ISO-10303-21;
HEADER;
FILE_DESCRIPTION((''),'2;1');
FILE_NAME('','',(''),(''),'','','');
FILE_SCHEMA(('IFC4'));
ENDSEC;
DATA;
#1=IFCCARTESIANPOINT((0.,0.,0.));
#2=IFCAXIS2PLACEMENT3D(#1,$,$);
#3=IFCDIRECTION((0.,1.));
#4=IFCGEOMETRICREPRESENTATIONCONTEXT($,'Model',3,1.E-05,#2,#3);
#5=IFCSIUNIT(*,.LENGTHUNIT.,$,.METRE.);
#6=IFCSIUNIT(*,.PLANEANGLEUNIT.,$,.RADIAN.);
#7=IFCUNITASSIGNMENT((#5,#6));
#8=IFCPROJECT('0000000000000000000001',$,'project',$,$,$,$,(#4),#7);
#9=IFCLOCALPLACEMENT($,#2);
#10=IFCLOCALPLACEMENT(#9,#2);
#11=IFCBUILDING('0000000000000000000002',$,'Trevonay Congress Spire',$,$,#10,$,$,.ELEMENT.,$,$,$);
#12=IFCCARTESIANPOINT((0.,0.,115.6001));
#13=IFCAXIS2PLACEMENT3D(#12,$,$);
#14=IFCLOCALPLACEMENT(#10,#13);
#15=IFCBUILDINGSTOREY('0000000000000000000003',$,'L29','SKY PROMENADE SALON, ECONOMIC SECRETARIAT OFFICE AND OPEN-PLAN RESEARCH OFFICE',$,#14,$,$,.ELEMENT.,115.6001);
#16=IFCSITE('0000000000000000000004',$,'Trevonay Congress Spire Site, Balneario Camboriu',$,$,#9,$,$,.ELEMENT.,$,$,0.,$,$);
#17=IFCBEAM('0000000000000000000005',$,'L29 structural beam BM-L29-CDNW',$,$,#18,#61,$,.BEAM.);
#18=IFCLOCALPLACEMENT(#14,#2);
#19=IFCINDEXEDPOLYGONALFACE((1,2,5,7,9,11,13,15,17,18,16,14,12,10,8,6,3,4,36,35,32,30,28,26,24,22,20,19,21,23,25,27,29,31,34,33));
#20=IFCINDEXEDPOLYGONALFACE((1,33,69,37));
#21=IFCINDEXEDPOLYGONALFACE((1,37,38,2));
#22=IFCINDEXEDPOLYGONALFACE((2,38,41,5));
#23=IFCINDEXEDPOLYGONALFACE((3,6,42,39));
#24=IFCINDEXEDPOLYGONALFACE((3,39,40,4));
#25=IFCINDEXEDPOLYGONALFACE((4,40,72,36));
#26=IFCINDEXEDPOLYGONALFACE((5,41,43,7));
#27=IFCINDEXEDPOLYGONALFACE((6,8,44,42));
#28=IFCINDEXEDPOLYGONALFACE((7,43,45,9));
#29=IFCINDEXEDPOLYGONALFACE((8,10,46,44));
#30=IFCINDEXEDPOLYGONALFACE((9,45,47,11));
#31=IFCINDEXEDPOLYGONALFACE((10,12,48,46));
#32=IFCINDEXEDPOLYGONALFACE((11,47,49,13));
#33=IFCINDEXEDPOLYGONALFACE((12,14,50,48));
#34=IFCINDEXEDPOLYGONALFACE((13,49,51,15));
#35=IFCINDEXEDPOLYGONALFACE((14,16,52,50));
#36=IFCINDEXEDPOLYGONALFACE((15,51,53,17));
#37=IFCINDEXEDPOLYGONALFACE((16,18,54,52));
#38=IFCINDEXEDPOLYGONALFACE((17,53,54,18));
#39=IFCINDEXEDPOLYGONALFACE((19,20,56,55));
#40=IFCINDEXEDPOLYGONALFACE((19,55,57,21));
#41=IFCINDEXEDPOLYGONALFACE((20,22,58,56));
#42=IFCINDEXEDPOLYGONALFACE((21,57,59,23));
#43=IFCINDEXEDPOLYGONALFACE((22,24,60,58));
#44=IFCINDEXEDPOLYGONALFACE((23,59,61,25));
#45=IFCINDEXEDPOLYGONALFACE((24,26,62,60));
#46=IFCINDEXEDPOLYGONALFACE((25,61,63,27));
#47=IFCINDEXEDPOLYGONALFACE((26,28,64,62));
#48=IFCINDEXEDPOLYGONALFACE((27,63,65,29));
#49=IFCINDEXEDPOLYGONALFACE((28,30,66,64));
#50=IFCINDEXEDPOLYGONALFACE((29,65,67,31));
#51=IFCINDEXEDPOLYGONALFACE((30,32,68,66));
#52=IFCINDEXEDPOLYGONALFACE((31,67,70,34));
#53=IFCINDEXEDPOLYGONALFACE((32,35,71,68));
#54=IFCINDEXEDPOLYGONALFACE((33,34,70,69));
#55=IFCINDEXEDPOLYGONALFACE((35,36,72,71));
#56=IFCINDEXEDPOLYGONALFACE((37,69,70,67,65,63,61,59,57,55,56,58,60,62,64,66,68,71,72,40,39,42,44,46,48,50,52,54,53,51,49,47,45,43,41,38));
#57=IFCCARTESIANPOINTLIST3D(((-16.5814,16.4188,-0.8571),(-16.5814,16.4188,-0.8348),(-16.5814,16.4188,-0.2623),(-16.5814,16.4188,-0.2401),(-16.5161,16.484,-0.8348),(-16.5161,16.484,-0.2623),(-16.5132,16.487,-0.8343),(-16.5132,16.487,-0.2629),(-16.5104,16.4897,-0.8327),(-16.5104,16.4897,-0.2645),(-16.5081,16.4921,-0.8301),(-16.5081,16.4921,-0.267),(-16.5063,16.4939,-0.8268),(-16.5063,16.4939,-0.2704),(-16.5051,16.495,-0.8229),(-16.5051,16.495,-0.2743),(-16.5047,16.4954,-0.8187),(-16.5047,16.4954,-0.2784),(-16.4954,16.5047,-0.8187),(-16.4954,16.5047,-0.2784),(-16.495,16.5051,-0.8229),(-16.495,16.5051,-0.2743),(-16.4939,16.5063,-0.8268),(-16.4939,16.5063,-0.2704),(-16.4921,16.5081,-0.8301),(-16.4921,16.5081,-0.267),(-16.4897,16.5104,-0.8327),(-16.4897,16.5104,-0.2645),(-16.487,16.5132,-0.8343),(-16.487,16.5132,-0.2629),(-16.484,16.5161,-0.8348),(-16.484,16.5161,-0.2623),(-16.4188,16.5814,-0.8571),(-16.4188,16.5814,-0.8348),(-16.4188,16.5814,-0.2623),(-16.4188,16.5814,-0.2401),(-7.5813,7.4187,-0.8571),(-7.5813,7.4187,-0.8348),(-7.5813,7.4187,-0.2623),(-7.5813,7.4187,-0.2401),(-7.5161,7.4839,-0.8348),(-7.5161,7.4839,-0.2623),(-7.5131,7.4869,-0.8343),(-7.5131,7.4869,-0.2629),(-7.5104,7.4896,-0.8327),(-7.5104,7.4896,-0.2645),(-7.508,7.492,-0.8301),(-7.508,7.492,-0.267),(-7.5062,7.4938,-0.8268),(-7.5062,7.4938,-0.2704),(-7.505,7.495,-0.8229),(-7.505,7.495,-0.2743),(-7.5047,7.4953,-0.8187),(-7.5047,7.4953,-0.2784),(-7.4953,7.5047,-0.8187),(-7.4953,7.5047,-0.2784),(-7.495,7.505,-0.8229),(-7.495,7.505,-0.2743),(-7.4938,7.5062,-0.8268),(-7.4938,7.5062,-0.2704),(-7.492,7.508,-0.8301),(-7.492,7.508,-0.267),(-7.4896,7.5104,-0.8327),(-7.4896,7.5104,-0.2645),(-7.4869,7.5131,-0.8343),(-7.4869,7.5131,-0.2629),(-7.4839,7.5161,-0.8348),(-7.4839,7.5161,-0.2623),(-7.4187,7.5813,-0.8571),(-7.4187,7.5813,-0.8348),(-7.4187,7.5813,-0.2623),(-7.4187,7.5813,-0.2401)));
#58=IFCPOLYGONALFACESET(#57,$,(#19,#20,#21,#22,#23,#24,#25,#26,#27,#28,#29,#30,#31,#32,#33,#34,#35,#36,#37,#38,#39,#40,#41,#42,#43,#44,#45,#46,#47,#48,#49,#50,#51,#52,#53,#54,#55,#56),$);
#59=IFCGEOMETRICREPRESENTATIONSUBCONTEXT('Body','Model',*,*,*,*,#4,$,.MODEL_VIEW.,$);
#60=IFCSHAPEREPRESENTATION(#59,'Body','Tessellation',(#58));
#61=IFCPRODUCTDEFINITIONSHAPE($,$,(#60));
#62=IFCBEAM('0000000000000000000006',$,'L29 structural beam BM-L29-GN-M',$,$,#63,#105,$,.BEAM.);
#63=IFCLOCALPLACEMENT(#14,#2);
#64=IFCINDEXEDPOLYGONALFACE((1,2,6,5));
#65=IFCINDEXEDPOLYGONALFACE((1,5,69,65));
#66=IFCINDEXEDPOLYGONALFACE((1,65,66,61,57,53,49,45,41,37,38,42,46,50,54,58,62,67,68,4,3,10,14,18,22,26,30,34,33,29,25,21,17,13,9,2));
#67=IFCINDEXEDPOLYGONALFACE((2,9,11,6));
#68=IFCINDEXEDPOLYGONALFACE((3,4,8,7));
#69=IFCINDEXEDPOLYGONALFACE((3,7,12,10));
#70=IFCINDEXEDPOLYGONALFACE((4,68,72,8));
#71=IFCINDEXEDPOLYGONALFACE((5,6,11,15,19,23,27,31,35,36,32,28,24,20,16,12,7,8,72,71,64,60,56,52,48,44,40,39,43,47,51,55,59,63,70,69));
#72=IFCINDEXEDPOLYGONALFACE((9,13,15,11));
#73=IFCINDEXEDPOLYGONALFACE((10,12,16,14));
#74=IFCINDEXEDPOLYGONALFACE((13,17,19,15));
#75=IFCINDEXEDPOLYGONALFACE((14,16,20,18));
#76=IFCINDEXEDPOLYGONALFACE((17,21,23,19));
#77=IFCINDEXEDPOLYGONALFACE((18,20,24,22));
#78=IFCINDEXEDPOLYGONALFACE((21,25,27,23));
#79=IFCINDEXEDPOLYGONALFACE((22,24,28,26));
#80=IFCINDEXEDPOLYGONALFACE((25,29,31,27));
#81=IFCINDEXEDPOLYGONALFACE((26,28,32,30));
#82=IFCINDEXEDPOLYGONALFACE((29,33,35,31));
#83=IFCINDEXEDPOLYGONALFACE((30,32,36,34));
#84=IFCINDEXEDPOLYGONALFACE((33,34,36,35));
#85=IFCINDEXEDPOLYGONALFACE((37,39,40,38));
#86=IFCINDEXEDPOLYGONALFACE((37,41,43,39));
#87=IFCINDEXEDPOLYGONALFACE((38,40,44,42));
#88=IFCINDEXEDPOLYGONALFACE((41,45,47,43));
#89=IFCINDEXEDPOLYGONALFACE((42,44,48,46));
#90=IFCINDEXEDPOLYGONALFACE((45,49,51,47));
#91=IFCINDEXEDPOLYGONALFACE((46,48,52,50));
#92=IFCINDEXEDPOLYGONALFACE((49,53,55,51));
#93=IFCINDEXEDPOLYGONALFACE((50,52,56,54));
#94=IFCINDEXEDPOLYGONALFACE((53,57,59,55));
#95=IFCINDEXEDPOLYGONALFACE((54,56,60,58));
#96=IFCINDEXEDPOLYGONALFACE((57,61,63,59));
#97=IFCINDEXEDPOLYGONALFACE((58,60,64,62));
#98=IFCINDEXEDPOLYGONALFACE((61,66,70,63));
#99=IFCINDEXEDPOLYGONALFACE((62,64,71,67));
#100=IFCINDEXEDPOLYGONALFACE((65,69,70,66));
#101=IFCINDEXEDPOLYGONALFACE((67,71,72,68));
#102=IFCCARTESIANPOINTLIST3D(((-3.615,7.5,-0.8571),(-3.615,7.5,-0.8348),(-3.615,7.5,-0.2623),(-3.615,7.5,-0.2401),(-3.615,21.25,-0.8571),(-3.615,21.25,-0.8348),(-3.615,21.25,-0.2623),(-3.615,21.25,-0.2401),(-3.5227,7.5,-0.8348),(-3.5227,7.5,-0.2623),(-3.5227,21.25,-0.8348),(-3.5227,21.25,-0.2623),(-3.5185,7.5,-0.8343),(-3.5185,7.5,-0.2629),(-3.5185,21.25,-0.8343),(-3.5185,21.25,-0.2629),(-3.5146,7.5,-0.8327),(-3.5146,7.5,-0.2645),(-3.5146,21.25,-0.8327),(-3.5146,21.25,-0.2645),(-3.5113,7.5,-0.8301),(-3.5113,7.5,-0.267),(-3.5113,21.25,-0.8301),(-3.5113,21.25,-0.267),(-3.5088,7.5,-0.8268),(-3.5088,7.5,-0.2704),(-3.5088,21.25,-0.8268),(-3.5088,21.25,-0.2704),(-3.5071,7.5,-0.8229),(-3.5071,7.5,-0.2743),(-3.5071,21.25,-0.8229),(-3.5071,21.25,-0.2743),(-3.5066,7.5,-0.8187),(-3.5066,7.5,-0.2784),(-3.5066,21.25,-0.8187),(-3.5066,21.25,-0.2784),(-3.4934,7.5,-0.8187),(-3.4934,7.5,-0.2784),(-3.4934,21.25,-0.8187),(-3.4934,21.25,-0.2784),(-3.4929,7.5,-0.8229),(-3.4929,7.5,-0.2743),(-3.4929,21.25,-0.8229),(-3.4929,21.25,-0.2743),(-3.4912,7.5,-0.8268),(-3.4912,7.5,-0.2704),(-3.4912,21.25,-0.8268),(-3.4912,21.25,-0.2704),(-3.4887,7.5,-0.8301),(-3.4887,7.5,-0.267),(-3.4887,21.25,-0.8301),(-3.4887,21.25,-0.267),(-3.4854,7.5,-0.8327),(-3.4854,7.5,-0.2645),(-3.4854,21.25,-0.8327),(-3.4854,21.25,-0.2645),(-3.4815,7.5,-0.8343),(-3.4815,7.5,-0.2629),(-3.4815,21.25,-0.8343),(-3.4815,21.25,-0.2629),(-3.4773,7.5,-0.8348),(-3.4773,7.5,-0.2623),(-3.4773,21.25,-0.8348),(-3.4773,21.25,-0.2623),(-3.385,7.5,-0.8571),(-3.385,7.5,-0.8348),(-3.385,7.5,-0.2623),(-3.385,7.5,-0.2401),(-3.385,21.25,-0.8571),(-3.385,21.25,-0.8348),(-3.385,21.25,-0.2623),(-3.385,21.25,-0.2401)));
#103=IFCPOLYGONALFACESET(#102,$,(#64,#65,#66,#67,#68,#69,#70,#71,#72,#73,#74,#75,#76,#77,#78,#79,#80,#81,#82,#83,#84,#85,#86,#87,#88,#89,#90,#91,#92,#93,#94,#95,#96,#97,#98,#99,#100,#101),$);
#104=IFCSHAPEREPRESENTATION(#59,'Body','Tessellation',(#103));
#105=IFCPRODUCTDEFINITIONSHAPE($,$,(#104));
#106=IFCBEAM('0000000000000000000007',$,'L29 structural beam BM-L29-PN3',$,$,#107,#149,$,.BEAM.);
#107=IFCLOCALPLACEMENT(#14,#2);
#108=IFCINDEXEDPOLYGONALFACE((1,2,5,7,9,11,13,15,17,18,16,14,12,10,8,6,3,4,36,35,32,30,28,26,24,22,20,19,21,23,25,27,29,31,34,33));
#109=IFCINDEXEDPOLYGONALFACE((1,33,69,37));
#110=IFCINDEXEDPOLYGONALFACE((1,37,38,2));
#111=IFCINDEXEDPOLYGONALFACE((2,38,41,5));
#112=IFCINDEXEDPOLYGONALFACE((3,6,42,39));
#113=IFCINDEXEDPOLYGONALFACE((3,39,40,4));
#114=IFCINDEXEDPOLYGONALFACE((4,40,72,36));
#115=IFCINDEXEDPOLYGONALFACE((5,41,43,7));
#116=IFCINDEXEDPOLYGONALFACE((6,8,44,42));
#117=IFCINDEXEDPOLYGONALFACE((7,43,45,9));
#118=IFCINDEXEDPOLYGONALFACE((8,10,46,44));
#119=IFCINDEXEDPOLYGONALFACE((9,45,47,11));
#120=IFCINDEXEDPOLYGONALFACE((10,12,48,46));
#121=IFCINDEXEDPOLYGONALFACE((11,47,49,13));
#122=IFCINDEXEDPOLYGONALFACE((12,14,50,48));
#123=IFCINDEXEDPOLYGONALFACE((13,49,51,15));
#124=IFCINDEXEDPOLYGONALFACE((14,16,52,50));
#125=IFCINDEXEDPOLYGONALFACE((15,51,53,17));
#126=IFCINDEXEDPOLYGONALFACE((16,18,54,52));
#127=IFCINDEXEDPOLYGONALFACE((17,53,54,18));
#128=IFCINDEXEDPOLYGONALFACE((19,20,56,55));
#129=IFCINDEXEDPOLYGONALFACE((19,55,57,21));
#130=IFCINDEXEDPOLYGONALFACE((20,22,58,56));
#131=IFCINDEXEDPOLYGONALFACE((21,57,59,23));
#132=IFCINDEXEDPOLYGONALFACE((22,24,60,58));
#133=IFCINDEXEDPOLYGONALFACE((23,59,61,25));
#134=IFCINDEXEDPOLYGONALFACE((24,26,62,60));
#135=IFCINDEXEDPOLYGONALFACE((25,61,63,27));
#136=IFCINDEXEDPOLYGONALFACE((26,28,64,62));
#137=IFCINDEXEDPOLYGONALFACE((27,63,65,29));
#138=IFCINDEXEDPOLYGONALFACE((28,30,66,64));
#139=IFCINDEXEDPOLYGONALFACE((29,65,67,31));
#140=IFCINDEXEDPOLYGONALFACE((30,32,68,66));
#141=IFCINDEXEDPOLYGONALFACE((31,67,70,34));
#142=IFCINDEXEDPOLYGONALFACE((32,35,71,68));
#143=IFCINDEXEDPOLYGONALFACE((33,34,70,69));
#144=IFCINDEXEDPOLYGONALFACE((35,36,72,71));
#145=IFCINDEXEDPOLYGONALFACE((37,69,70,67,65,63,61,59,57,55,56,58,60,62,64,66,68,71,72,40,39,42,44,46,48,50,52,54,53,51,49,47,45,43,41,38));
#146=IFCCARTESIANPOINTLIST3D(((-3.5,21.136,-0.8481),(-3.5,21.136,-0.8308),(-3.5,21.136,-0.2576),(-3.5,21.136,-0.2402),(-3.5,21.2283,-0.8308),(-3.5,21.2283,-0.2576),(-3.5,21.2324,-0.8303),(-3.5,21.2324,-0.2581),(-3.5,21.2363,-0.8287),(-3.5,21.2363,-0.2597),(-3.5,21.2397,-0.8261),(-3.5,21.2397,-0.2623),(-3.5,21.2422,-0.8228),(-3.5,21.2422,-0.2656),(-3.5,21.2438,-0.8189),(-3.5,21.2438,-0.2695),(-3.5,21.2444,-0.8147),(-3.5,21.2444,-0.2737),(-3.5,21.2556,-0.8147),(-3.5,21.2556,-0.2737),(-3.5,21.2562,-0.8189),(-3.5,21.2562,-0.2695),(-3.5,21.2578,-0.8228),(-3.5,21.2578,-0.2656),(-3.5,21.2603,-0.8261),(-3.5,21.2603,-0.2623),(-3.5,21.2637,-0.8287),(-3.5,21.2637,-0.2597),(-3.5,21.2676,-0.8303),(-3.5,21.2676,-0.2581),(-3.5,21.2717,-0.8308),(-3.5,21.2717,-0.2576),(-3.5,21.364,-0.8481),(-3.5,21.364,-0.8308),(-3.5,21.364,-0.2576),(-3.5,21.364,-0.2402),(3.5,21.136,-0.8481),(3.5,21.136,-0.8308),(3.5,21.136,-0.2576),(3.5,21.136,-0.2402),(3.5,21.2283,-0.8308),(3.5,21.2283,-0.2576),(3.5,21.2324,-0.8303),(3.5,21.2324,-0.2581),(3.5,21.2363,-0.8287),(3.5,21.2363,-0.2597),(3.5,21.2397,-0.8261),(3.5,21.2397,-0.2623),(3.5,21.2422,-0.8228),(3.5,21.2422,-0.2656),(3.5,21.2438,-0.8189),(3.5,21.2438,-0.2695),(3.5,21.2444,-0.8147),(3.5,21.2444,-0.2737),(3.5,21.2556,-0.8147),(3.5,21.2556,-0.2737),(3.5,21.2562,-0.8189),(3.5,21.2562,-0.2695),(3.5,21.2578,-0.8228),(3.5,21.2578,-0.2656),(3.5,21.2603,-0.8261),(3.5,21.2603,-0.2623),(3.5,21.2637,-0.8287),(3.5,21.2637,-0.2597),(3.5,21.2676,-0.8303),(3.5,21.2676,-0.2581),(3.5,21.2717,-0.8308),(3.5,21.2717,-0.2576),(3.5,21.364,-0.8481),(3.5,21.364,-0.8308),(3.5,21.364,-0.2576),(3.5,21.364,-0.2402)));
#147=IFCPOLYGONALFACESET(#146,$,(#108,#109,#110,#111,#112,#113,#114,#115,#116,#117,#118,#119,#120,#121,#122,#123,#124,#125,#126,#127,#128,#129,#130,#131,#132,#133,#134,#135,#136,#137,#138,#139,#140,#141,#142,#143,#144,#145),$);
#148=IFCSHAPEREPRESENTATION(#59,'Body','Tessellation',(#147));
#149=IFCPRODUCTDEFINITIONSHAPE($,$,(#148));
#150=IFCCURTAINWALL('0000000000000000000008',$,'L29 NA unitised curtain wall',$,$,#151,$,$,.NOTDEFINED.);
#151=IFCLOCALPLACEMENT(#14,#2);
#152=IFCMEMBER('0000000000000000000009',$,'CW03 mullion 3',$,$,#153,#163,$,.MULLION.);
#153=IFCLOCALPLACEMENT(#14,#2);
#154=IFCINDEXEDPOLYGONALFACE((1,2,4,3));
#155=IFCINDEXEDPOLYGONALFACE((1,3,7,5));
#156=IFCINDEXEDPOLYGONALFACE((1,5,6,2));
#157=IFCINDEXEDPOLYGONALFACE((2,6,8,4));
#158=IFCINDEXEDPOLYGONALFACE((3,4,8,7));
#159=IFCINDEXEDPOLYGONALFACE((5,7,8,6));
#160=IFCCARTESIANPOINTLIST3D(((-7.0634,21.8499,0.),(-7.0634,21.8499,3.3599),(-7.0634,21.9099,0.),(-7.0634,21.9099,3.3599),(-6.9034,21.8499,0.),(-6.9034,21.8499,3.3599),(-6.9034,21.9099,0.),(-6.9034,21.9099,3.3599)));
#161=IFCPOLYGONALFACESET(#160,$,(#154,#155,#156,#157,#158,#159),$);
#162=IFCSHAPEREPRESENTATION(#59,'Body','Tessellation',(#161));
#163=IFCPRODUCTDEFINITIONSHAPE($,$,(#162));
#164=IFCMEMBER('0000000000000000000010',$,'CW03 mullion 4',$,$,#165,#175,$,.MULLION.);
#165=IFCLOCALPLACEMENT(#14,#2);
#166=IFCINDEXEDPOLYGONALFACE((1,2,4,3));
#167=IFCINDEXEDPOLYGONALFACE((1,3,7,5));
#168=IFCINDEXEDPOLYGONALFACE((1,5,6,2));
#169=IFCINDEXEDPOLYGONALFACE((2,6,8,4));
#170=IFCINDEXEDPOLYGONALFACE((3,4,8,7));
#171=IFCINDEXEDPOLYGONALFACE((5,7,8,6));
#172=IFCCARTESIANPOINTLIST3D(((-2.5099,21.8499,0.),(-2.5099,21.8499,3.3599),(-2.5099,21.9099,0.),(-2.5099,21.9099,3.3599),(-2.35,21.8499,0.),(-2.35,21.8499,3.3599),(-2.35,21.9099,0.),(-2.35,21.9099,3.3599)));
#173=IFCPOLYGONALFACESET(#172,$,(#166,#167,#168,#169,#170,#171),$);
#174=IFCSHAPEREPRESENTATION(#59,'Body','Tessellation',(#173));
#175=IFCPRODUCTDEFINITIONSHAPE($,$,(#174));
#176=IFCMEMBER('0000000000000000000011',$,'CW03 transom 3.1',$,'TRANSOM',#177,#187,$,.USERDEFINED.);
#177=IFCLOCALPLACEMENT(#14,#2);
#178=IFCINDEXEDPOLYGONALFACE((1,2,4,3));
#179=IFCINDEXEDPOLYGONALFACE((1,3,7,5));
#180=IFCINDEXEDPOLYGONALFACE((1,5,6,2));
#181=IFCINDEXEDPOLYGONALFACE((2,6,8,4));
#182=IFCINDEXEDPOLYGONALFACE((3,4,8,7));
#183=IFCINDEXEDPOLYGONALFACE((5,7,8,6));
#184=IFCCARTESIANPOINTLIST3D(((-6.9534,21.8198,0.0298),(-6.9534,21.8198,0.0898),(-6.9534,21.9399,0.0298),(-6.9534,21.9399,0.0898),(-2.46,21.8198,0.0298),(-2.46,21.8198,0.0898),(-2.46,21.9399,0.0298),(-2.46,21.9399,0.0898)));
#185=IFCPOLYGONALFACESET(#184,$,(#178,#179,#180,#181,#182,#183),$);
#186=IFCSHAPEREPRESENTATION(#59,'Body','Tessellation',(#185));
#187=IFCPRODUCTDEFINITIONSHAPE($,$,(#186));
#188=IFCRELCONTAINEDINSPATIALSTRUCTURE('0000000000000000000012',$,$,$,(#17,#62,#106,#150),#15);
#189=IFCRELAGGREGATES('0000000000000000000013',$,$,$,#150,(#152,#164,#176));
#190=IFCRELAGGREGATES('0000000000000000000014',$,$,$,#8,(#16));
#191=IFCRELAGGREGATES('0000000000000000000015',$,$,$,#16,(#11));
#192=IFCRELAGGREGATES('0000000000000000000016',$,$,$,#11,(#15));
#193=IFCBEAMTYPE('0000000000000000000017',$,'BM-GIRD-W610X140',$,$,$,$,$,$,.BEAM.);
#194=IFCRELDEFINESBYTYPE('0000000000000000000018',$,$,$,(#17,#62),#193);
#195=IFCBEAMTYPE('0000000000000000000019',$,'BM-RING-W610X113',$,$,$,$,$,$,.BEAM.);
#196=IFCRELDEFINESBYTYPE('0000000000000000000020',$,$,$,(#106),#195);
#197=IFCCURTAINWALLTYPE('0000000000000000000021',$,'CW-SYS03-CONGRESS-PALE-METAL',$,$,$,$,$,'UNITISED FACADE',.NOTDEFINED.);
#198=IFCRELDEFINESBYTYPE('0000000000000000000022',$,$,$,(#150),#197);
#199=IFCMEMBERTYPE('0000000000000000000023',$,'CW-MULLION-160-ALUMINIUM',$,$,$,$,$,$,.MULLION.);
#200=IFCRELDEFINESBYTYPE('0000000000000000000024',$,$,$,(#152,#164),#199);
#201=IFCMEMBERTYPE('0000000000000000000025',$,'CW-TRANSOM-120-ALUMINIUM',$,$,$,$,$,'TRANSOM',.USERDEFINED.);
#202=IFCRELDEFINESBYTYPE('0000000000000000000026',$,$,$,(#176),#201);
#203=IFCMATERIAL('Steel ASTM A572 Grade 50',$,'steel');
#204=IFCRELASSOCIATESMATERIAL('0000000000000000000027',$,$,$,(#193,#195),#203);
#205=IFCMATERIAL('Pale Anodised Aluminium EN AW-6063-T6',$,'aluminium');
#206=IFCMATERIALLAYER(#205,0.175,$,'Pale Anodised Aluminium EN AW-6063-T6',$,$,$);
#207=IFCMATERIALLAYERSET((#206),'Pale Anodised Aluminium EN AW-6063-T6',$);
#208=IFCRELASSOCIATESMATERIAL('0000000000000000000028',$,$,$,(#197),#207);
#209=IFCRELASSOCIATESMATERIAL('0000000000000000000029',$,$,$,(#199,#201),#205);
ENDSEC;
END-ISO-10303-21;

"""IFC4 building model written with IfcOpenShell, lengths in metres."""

from ifc_helpers import new_model, si_unit, direction, frame, origin, origin_2d, place, context, subcontext, project, spatial, rectangle, i_section, extrude, material, layer, layer_set, material_profile, profile_set, type_object, element, aggregate, save


model = new_model("IFC4")

# Units and contexts
model_context = context("Model", 3, precision=1e-05, world=origin(), true_north=direction((0.0, 1.0)))
body_context = subcontext(model_context, "Body", "Model", "MODEL_VIEW")
ifc_project = project(units=[si_unit("LENGTHUNIT", "METRE"), si_unit("PLANEANGLEUNIT", "RADIAN")], contexts=[model_context])

# Site, building, storey
site_placement = place(None, origin())
site = spatial("IfcSite", under=ifc_project, at=site_placement, Name="Trevonay Congress Spire Site, Balneario Camboriu", CompositionType="ELEMENT", RefElevation=0.0)
building_placement = place(site_placement, origin())
building = spatial("IfcBuilding", under=site, at=building_placement, Name="Trevonay Congress Spire", CompositionType="ELEMENT")
storey_placement = place(building_placement, frame((0.0, 0.0, 115.6001)))
storey = spatial("IfcBuildingStorey", under=building, at=storey_placement, Name="L29", Description="SKY PROMENADE SALON, ECONOMIC SECRETARIAT OFFICE AND OPEN-PLAN RESEARCH OFFICE", CompositionType="ELEMENT", Elevation=115.6001)

# Shared definitions
ifc_material_1 = material(Name="Steel ASTM A572 Grade 50", Category="steel")

# Beams
ifc_material_profile_1 = material_profile(ifc_material_1, i_section(OverallWidth=0.23, OverallDepth=0.6169, WebThickness=0.0132, FlangeThickness=0.0222, FilletRadius=0.0161, at=origin_2d()), Name="W610x140")
ifc_profile_set_1 = profile_set([ifc_material_profile_1], Name="Steel ASTM A572 Grade 50")
beam_type_1 = type_object("IfcBeamType", Name="BM-GIRD-W610X140", PredefinedType="BEAM", material=ifc_profile_set_1)
beam_1_placement = place(storey_placement, frame((-7.5, 7.5, -0.5486), z_axis=(-0.707107, 0.707107, 0.0), x_axis=(-0.707107, -0.707107, 0.0)))
element("IfcBeam", 1, at=beam_1_placement, inside=storey, type_object=beam_type_1, Name="L29 structural beam BM-L29-CDNW", PredefinedType="BEAM", context=body_context, shape_type="SweptSolid", body=[
    extrude(i_section(OverallWidth=0.23, OverallDepth=0.6169, WebThickness=0.0132, FlangeThickness=0.0222, FilletRadius=0.0161, at=origin_2d()), origin(), (0.0, 0.0, 1.0), 12.728),
])
beam_2_placement = place(storey_placement, frame((-3.5, 7.5, -0.5486), z_axis=(0.0, 1.0, 0.0), x_axis=(-1.0, 0.0, 0.0)))
element("IfcBeam", 2, at=beam_2_placement, inside=storey, type_object=beam_type_1, Name="L29 structural beam BM-L29-GN-M", PredefinedType="BEAM", context=body_context, shape_type="SweptSolid", body=[
    extrude(i_section(OverallWidth=0.23, OverallDepth=0.6169, WebThickness=0.0132, FlangeThickness=0.0222, FilletRadius=0.0161, at=origin_2d()), origin(), (0.0, 0.0, 1.0), 13.75),
])
ifc_material_profile_2 = material_profile(ifc_material_1, i_section(OverallWidth=0.228, OverallDepth=0.6079, WebThickness=0.0112, FlangeThickness=0.0173, FilletRadius=0.0161, at=origin_2d()), Name="W610x113")
ifc_profile_set_2 = profile_set([ifc_material_profile_2], Name="Steel ASTM A572 Grade 50")
beam_type_2 = type_object("IfcBeamType", Name="BM-RING-W610X113", PredefinedType="BEAM", material=ifc_profile_set_2)
beam_3_placement = place(storey_placement, frame((-3.5, 21.25, -0.5442), z_axis=(1.0, 0.0, 0.0), x_axis=(0.0, 1.0, 0.0)))
element("IfcBeam", 3, at=beam_3_placement, inside=storey, type_object=beam_type_2, Name="L29 structural beam BM-L29-PN3", PredefinedType="BEAM", context=body_context, shape_type="SweptSolid", body=[
    extrude(i_section(OverallWidth=0.228, OverallDepth=0.6079, WebThickness=0.0112, FlangeThickness=0.0173, FilletRadius=0.0161, at=origin_2d()), origin(), (0.0, 0.0, 1.0), 7.0),
])

# Curtain wall, members
ifc_material_2 = material(Name="Pale Anodised Aluminium EN AW-6063-T6", Category="aluminium")
ifc_layer_1 = layer(ifc_material_2, 0.175, Name="Pale Anodised Aluminium EN AW-6063-T6")
ifc_layer_set_1 = layer_set([ifc_layer_1], Name="Pale Anodised Aluminium EN AW-6063-T6")
curtain_wall_type = type_object("IfcCurtainWallType", Name="CW-SYS03-CONGRESS-PALE-METAL", ElementType="UNITISED FACADE", PredefinedType="NOTDEFINED", material=ifc_layer_set_1)
curtain_wall_placement = place(storey_placement, origin())
curtain_wall = element("IfcCurtainWall", 4, at=curtain_wall_placement, inside=storey, type_object=curtain_wall_type, Name="L29 NA unitised curtain wall", PredefinedType="NOTDEFINED")
ifc_material_profile_3 = material_profile(ifc_material_2, rectangle(XDim=0.0601, YDim=0.1599, at=origin_2d()), Name="CW-MULLION-160-ALUMINIUM")
ifc_profile_set_3 = profile_set([ifc_material_profile_3], Name="Pale Anodised Aluminium EN AW-6063-T6")
member_type_1 = type_object("IfcMemberType", Name="CW-MULLION-160-ALUMINIUM", PredefinedType="MULLION", material=ifc_profile_set_3)
member_1_placement = place(storey_placement, frame((-6.9834, 21.8799, 0.0), z_axis=(0.0, 0.0, 1.0), x_axis=(0.0, 1.0, 0.0)))
member_1 = element("IfcMember", 5, at=member_1_placement, type_object=member_type_1, Name="CW03 mullion 3", PredefinedType="MULLION", context=body_context, shape_type="SweptSolid", body=[
    extrude(rectangle(XDim=0.0601, YDim=0.1599, at=origin_2d()), origin(), (0.0, 0.0, 1.0), 3.3599),
])
member_2_placement = place(storey_placement, frame((-2.4299, 21.8799, 0.0), z_axis=(0.0, 0.0, 1.0), x_axis=(0.0, 1.0, 0.0)))
member_2 = element("IfcMember", 6, at=member_2_placement, type_object=member_type_1, Name="CW03 mullion 4", PredefinedType="MULLION", context=body_context, shape_type="SweptSolid", body=[
    extrude(rectangle(XDim=0.0601, YDim=0.1599, at=origin_2d()), origin(), (0.0, 0.0, 1.0), 3.3599),
])
ifc_material_profile_4 = material_profile(ifc_material_2, rectangle(XDim=0.1201, YDim=0.0601, at=origin_2d()), Name="CW-TRANSOM-120-ALUMINIUM")
ifc_profile_set_4 = profile_set([ifc_material_profile_4], Name="Pale Anodised Aluminium EN AW-6063-T6")
member_type_2 = type_object("IfcMemberType", Name="CW-TRANSOM-120-ALUMINIUM", ElementType="TRANSOM", PredefinedType="USERDEFINED", material=ifc_profile_set_4)
member_3_placement = place(storey_placement, frame((-6.9534, 21.8799, 0.0598), z_axis=(1.0, 0.0, 0.0), x_axis=(0.0, 1.0, 0.0)))
member_3 = element("IfcMember", 7, at=member_3_placement, type_object=member_type_2, Name="CW03 transom 3.1", ObjectType="TRANSOM", PredefinedType="USERDEFINED", context=body_context, shape_type="SweptSolid", body=[
    extrude(rectangle(XDim=0.1201, YDim=0.0601, at=origin_2d()), origin(), (0.0, 0.0, 1.0), 4.4934),
])

aggregate(curtain_wall, [member_1, member_2, member_3])

save(model, "model.ifc")
